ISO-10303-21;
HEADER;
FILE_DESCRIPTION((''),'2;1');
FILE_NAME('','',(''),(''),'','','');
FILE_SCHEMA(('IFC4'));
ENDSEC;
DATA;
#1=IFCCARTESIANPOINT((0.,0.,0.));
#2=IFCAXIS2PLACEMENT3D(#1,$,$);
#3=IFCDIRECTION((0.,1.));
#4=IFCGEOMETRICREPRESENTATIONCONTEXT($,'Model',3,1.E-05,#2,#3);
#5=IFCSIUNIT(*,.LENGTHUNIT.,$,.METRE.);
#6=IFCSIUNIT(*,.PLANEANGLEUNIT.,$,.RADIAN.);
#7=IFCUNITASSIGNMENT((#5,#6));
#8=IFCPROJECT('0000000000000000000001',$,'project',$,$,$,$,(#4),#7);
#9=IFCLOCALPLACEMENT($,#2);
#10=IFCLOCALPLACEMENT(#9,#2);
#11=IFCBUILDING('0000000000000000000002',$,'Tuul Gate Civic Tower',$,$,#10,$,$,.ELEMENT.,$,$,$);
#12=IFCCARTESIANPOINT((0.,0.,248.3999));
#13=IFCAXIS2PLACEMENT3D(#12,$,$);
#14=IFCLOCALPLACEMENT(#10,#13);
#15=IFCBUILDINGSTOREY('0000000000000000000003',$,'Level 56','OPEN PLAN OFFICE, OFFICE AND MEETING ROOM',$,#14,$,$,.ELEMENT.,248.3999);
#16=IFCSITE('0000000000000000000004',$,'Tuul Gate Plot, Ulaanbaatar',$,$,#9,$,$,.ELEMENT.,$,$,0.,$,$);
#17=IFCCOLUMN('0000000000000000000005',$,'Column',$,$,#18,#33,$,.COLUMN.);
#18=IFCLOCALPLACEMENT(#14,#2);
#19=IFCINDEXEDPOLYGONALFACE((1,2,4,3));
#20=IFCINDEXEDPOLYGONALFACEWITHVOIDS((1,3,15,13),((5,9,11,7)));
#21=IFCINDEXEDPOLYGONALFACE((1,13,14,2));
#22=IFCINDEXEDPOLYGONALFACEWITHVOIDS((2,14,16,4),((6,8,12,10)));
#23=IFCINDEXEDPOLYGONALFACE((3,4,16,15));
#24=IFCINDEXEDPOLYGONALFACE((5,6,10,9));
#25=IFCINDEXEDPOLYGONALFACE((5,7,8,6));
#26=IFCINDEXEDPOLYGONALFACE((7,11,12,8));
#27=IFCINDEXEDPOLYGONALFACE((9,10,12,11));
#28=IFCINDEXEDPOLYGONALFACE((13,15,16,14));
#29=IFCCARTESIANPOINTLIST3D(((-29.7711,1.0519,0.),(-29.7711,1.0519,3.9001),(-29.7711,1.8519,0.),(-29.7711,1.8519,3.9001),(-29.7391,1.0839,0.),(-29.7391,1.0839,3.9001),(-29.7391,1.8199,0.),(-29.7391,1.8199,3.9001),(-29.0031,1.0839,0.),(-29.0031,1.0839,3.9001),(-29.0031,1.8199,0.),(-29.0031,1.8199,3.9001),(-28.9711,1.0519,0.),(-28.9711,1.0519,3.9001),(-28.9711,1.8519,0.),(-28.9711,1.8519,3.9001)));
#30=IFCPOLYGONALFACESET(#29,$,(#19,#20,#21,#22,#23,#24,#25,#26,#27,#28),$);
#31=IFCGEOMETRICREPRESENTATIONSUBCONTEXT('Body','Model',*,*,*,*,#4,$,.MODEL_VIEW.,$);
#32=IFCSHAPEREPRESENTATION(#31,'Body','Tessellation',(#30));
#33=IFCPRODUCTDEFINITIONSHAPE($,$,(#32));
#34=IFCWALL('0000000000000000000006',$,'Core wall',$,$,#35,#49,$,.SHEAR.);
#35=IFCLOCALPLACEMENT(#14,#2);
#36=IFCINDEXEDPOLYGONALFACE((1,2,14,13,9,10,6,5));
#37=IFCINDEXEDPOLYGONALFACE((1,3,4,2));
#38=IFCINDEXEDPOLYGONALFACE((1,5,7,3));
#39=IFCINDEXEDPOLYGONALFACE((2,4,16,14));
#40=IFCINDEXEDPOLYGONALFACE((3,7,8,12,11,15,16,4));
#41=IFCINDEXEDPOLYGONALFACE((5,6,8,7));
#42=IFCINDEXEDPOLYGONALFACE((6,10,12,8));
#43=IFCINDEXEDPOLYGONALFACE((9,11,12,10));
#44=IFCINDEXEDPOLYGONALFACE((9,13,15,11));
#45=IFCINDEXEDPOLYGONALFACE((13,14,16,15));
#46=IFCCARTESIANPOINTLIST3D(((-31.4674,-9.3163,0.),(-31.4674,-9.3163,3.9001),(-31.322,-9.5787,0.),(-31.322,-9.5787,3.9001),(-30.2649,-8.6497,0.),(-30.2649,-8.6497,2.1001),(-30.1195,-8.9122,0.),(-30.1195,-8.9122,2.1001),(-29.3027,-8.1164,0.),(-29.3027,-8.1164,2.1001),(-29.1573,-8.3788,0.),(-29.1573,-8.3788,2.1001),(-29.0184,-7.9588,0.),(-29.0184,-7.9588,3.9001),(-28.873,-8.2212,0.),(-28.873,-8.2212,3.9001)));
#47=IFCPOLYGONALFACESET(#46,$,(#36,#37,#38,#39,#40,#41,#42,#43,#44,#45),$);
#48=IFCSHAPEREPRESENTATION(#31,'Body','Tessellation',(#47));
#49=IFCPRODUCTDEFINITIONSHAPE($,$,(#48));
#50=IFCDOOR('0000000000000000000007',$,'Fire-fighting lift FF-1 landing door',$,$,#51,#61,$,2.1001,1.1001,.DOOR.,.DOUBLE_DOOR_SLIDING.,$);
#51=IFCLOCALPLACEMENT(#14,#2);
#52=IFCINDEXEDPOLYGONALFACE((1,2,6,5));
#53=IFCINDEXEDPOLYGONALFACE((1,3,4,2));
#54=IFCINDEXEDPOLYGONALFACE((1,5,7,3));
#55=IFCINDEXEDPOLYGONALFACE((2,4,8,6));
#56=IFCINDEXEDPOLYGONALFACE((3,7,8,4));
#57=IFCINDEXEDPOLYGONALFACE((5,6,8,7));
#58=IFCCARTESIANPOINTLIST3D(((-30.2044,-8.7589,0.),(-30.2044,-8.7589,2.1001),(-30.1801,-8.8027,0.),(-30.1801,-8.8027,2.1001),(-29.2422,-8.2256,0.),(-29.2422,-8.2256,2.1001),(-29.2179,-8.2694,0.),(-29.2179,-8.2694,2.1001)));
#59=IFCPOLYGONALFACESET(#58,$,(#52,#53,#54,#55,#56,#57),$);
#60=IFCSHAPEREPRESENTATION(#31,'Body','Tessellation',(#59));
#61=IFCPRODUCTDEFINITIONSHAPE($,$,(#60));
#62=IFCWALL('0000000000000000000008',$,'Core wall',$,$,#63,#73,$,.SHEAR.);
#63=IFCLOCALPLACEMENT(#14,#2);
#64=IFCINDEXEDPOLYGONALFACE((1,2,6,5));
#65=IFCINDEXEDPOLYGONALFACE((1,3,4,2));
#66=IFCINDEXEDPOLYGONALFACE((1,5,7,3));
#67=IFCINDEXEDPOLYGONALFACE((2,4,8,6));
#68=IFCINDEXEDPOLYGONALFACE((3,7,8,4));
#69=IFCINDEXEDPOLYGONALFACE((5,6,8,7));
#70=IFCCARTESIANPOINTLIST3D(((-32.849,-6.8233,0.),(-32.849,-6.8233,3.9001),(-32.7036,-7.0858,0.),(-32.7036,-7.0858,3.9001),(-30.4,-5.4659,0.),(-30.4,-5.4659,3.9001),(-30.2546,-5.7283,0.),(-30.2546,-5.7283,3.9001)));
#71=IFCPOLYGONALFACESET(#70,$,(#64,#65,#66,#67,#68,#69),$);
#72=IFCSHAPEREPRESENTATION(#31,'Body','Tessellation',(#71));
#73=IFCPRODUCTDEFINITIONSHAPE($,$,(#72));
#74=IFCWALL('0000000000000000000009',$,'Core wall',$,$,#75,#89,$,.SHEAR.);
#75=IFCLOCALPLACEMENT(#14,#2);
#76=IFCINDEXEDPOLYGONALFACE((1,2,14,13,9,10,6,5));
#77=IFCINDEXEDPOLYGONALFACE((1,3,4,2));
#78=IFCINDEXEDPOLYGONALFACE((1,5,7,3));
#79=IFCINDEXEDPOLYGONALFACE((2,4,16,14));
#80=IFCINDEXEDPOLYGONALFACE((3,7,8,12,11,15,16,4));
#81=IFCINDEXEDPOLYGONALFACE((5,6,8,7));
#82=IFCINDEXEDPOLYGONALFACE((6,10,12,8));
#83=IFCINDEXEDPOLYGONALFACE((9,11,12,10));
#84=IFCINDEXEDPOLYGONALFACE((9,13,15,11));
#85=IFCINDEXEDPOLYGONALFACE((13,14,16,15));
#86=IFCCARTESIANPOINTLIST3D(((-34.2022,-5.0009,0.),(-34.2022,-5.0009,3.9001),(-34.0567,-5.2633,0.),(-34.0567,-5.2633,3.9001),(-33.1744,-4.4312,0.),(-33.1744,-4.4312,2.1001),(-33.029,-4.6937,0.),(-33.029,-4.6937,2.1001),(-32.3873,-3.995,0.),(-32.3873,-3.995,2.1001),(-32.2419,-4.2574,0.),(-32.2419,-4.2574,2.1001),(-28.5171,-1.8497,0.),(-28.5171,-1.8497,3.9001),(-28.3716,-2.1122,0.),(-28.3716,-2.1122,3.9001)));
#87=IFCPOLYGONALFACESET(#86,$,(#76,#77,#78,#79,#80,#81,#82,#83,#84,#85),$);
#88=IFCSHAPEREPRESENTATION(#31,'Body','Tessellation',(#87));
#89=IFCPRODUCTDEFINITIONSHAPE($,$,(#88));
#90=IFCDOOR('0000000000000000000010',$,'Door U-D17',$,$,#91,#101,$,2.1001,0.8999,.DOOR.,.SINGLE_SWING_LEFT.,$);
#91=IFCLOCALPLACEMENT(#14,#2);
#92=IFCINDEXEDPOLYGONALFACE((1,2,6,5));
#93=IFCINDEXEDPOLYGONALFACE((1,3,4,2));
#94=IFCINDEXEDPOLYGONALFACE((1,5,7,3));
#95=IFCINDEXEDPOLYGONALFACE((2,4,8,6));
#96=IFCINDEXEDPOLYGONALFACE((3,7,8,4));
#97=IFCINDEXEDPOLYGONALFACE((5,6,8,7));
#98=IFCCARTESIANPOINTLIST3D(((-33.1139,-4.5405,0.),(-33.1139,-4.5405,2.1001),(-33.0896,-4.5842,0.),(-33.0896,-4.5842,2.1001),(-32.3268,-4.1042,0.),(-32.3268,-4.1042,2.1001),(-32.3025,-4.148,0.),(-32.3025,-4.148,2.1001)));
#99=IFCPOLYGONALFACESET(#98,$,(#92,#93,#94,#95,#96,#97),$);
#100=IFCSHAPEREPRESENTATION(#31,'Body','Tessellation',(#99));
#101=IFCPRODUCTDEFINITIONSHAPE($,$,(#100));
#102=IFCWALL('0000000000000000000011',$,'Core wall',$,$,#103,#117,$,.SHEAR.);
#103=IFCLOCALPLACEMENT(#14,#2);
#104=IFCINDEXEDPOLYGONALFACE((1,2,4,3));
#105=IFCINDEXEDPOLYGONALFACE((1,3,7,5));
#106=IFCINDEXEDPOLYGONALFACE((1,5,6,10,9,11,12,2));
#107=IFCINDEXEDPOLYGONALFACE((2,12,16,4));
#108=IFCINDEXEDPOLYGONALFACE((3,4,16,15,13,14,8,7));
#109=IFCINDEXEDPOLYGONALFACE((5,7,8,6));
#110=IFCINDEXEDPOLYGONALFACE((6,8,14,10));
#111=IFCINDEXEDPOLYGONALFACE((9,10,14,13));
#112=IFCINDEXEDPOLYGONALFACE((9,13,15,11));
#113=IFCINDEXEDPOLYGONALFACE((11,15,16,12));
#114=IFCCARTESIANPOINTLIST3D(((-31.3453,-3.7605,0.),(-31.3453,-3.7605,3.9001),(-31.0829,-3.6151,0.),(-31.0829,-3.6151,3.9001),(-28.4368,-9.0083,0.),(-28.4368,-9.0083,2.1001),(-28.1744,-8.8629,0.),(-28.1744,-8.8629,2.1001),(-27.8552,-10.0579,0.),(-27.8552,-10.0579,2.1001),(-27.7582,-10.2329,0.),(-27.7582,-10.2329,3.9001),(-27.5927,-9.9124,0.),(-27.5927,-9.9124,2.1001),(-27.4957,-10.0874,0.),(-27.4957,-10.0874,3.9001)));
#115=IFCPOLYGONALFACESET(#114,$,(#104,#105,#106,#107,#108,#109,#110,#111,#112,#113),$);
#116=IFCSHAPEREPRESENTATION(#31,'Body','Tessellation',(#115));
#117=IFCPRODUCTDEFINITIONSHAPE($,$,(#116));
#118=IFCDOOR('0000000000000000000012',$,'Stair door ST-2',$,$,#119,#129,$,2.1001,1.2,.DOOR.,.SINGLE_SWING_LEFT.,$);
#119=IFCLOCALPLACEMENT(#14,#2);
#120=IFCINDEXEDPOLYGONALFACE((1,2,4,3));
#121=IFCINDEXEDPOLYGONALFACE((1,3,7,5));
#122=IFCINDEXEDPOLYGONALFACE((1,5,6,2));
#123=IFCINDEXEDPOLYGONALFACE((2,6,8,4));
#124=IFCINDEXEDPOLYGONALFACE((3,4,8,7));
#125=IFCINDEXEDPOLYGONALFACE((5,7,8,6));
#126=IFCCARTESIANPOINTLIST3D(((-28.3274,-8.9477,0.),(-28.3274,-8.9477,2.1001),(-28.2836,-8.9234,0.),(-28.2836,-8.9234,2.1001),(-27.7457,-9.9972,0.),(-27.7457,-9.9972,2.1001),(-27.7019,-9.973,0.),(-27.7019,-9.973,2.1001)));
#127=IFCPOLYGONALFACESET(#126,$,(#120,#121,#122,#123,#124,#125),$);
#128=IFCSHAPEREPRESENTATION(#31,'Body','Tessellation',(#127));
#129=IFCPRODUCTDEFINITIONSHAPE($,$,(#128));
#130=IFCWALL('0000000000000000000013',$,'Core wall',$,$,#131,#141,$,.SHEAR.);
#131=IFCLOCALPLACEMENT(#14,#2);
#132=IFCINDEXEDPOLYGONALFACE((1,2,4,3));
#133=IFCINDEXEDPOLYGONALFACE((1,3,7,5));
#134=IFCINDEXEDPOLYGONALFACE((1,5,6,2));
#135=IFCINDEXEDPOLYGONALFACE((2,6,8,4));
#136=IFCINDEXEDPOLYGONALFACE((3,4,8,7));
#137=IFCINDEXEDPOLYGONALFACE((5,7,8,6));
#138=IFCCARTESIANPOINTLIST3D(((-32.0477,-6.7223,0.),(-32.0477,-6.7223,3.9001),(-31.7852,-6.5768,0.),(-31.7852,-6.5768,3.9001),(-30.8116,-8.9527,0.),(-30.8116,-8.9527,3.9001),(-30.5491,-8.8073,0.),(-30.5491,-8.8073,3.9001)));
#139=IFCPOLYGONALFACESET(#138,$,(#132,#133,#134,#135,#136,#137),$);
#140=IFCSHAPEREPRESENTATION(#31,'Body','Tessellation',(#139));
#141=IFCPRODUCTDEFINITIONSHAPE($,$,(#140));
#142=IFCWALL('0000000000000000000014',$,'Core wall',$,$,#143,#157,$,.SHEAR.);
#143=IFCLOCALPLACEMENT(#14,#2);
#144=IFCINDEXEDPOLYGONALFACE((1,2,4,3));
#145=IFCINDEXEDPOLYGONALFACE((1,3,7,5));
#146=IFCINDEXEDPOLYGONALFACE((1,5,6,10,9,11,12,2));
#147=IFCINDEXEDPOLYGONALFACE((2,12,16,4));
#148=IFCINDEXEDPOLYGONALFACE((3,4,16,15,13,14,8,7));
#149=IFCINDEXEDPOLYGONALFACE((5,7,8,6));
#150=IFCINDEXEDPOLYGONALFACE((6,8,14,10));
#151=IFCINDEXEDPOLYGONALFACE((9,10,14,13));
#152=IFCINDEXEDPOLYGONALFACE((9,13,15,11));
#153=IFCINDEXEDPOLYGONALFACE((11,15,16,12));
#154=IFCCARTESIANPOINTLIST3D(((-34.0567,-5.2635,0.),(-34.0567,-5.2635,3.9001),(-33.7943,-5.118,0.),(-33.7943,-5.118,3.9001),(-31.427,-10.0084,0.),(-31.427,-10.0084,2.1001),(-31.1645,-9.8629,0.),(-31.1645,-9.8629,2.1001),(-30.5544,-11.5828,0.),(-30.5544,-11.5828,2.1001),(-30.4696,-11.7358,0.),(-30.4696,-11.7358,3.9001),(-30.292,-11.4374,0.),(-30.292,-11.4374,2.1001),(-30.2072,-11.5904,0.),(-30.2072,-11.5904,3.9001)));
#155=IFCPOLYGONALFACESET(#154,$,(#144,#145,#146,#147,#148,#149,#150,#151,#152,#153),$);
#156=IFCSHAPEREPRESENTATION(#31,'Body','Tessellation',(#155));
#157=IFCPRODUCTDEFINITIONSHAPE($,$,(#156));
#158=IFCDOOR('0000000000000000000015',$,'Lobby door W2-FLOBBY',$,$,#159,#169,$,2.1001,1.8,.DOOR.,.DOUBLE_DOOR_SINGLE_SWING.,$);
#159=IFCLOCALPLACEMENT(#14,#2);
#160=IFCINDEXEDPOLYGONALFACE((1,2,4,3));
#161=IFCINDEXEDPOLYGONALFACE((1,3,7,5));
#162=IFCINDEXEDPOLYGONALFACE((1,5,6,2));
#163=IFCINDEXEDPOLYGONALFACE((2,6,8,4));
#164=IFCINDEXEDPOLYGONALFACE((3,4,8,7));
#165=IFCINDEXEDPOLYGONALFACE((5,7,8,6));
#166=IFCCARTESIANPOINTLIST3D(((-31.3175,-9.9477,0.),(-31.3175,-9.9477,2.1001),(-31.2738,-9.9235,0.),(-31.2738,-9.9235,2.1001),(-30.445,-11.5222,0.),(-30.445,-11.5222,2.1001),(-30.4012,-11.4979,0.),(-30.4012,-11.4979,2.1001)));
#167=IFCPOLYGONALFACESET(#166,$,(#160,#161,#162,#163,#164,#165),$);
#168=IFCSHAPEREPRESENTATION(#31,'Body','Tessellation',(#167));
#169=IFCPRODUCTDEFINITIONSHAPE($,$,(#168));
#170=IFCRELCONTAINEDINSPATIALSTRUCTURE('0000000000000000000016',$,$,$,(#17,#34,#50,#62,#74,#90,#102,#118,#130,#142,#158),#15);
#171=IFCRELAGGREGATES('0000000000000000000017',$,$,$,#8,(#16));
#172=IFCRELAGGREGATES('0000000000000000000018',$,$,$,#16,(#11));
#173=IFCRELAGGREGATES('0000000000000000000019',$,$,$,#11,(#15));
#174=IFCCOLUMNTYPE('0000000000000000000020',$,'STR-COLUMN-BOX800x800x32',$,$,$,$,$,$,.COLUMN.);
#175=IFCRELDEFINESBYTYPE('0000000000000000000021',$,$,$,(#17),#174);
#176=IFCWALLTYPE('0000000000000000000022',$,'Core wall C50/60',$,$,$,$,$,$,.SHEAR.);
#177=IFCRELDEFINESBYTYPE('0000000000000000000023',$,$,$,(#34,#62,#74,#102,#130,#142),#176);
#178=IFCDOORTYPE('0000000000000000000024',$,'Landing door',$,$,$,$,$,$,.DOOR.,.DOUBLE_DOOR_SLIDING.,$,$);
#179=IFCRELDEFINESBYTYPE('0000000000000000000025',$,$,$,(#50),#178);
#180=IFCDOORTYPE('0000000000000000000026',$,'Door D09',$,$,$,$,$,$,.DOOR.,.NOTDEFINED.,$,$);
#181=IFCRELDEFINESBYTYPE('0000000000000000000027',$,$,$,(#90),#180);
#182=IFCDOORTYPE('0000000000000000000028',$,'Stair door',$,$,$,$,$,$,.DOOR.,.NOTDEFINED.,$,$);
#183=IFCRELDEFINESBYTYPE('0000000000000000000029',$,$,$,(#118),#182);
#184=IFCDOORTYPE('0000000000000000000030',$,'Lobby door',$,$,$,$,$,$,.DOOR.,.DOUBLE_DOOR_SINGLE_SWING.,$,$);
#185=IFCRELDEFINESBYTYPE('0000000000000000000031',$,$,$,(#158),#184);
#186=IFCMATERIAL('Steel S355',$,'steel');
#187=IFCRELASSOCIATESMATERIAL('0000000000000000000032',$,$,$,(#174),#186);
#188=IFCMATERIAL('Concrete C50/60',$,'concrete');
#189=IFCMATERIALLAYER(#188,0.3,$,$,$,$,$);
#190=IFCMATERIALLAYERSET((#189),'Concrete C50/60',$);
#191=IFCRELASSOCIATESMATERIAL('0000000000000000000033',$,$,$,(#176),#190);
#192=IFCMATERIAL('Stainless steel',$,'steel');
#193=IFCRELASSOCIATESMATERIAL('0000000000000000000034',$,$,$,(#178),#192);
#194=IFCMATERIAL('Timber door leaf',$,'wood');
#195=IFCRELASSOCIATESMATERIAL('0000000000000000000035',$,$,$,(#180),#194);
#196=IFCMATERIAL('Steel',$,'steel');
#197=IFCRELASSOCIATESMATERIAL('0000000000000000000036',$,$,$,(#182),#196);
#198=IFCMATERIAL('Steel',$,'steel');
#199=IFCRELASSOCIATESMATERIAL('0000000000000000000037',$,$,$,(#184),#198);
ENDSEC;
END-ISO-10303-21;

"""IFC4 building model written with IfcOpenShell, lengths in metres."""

from ifc_helpers import new_model, si_unit, direction, frame, frame_2d, origin, origin_2d, place, context, subcontext, project, spatial, rectangle, hollow_rectangle, extrude, material, layer, layer_set, material_profile, profile_set, type_object, element, fill, save


model = new_model("IFC4")

# Units and contexts
model_context = context("Model", 3, precision=1e-05, world=origin(), true_north=direction((0.0, 1.0)))
body_context = subcontext(model_context, "Body", "Model", "MODEL_VIEW")
ifc_project = project(units=[si_unit("LENGTHUNIT", "METRE"), si_unit("PLANEANGLEUNIT", "RADIAN")], contexts=[model_context])

# Site, building, storey
site_placement = place(None, origin())
site = spatial("IfcSite", under=ifc_project, at=site_placement, Name="Tuul Gate Plot, Ulaanbaatar", CompositionType="ELEMENT", RefElevation=0.0)
building_placement = place(site_placement, origin())
building = spatial("IfcBuilding", under=site, at=building_placement, Name="Tuul Gate Civic Tower", CompositionType="ELEMENT")
storey_placement = place(building_placement, frame((0.0, 0.0, 248.3999)))
storey = spatial("IfcBuildingStorey", under=building, at=storey_placement, Name="Level 56", Description="OPEN PLAN OFFICE, OFFICE AND MEETING ROOM", CompositionType="ELEMENT", Elevation=248.3999)

# Column
ifc_material_1 = material(Name="Steel S355", Category="steel")
ifc_material_profile = material_profile(ifc_material_1, hollow_rectangle(XDim=0.8, YDim=0.8, WallThickness=0.032, at=origin_2d()), Name="BOX800x800x32")
ifc_profile_set = profile_set([ifc_material_profile], Name="Steel S355")
column_type = type_object("IfcColumnType", Name="STR-COLUMN-BOX800x800x32", PredefinedType="COLUMN", material=ifc_profile_set)
column_placement = place(storey_placement, frame((-29.3711, 1.4519, 0.0), z_axis=(0.0, 0.0, 1.0), x_axis=(1.0, 0.0, 0.0)))
element("IfcColumn", 1, at=column_placement, inside=storey, type_object=column_type, Name="Column", PredefinedType="COLUMN", context=body_context, shape_type="SweptSolid", body=[
    extrude(hollow_rectangle(XDim=0.8, YDim=0.8, WallThickness=0.032, at=origin_2d()), origin(), (0.0, 0.0, 1.0), 3.9001),
])

# Wall, opening, door
ifc_material_2 = material(Name="Concrete C50/60", Category="concrete")
ifc_layer_1 = layer(ifc_material_2, 0.3)
ifc_layer_set_1 = layer_set([ifc_layer_1], Name="Concrete C50/60")
wall_type_1 = type_object("IfcWallType", Name="Core wall C50/60", PredefinedType="SHEAR", material=ifc_layer_set_1)
wall_1_placement = place(storey_placement, frame((-28.9458, -8.0901, 0.0), z_axis=(0.0, 0.0, 1.0), x_axis=(-0.87463, -0.484791, 0.0)))
wall_1 = element("IfcWall", 2, at=wall_1_placement, inside=storey, type_object=wall_type_1, Name="Core wall", PredefinedType="SHEAR", context=body_context, shape_type="SweptSolid", body=[
    extrude(rectangle(XDim=2.8, YDim=0.3, at=frame_2d((1.3999, 0.0))), origin(), (0.0, 0.0, 1.0), 3.9001),
])
opening_1_placement = place(wall_1_placement, frame((0.325, 0.0, 0.0)))
opening_1 = element("IfcOpeningElement", 3, at=opening_1_placement, cuts=wall_1, PredefinedType="OPENING", context=body_context, shape_type="SweptSolid", body=[
    extrude(rectangle(XDim=1.1001, YDim=2.1001, at=frame_2d((0.55, 1.05))), frame((0.0, 0.1602, 0.0), z_axis=(0.0, -1.0, 0.0), x_axis=(1.0, 0.0, 0.0)), (0.0, 0.0, 1.0), 0.3201),
])
ifc_material_3 = material(Name="Stainless steel", Category="steel")
door_type_1 = type_object("IfcDoorType", Name="Landing door", OperationType="DOUBLE_DOOR_SLIDING", PredefinedType="DOOR", material=ifc_material_3)
door_1_placement = place(opening_1_placement, origin())
door_1 = element("IfcDoor", 4, at=door_1_placement, inside=storey, type_object=door_type_1, Name="Fire-fighting lift FF-1 landing door", OperationType="DOUBLE_DOOR_SLIDING", OverallHeight=2.1001, OverallWidth=1.1001, PredefinedType="DOOR", context=body_context, shape_type="SweptSolid", body=[
    extrude(rectangle(XDim=1.1001, YDim=2.1001, at=frame_2d((0.55, 1.05))), frame((0.0, 0.0249, 0.0), z_axis=(0.0, -1.0, 0.0), x_axis=(1.0, 0.0, 0.0)), (0.0, 0.0, 1.0), 0.05),
])
fill(opening_1, door_1)

# Wall
wall_2_placement = place(storey_placement, frame((-30.3274, -5.5972, 0.0), z_axis=(0.0, 0.0, 1.0), x_axis=(-0.87463, -0.484791, 0.0)))
element("IfcWall", 5, at=wall_2_placement, inside=storey, type_object=wall_type_1, Name="Core wall", PredefinedType="SHEAR", context=body_context, shape_type="SweptSolid", body=[
    extrude(rectangle(XDim=2.8, YDim=0.3, at=frame_2d((1.3999, 0.0))), origin(), (0.0, 0.0, 1.0), 3.9001),
])

# Walls, openings, doors
wall_3_placement = place(storey_placement, frame((-28.4443, -1.981, 0.0), z_axis=(0.0, 0.0, 1.0), x_axis=(-0.87463, -0.484791, 0.0)))
wall_3 = element("IfcWall", 6, at=wall_3_placement, inside=storey, type_object=wall_type_1, Name="Core wall", PredefinedType="SHEAR", context=body_context, shape_type="SweptSolid", body=[
    extrude(rectangle(XDim=6.5, YDim=0.3, at=frame_2d((3.25, 0.0))), origin(), (0.0, 0.0, 1.0), 3.9001),
])
opening_2_placement = place(wall_3_placement, frame((4.425, 0.0, 0.0)))
opening_2 = element("IfcOpeningElement", 7, at=opening_2_placement, cuts=wall_3, PredefinedType="OPENING", context=body_context, shape_type="SweptSolid", body=[
    extrude(rectangle(XDim=0.8999, YDim=2.1001, at=frame_2d((0.45, 1.05))), frame((0.0, 0.1602, 0.0), z_axis=(0.0, -1.0, 0.0), x_axis=(1.0, 0.0, 0.0)), (0.0, 0.0, 1.0), 0.3201),
])
ifc_material_4 = material(Name="Timber door leaf", Category="wood")
door_type_2 = type_object("IfcDoorType", Name="Door D09", OperationType="NOTDEFINED", PredefinedType="DOOR", material=ifc_material_4)
door_2_placement = place(opening_2_placement, origin())
door_2 = element("IfcDoor", 8, at=door_2_placement, inside=storey, type_object=door_type_2, Name="Door U-D17", OperationType="SINGLE_SWING_LEFT", OverallHeight=2.1001, OverallWidth=0.8999, PredefinedType="DOOR", context=body_context, shape_type="SweptSolid", body=[
    extrude(rectangle(XDim=0.8999, YDim=2.1001, at=frame_2d((0.45, 1.05))), frame((0.0, 0.0249, 0.0), z_axis=(0.0, -1.0, 0.0), x_axis=(1.0, 0.0, 0.0)), (0.0, 0.0, 1.0), 0.05),
])
fill(opening_2, door_2)
wall_4_placement = place(storey_placement, frame((-27.627, -10.1602, 0.0), z_axis=(0.0, 0.0, 1.0), x_axis=(-0.484752, 0.874652, 0.0)))
wall_4 = element("IfcWall", 9, at=wall_4_placement, inside=storey, type_object=wall_type_1, Name="Core wall", PredefinedType="SHEAR", context=body_context, shape_type="SweptSolid", body=[
    extrude(rectangle(XDim=7.3999, YDim=0.3, at=frame_2d((3.7, 0.0))), origin(), (0.0, 0.0, 1.0), 3.9001),
])
opening_3_placement = place(wall_4_placement, frame((0.2, 0.0, 0.0)))
opening_3 = element("IfcOpeningElement", 10, at=opening_3_placement, cuts=wall_4, PredefinedType="OPENING", context=body_context, shape_type="SweptSolid", body=[
    extrude(rectangle(XDim=1.2, YDim=2.1001, at=frame_2d((0.6001, 1.05))), frame((0.0, 0.1602, 0.0), z_axis=(0.0, -1.0, 0.0), x_axis=(1.0, 0.0, 0.0)), (0.0, 0.0, 1.0), 0.3201),
])
ifc_material_5 = material(Name="Steel", Category="steel")
door_type_3 = type_object("IfcDoorType", Name="Stair door", OperationType="NOTDEFINED", PredefinedType="DOOR", material=ifc_material_5)
door_3_placement = place(opening_3_placement, origin())
door_3 = element("IfcDoor", 11, at=door_3_placement, inside=storey, type_object=door_type_3, Name="Stair door ST-2", OperationType="SINGLE_SWING_LEFT", OverallHeight=2.1001, OverallWidth=1.2, PredefinedType="DOOR", context=body_context, shape_type="SweptSolid", body=[
    extrude(rectangle(XDim=1.2, YDim=2.1001, at=frame_2d((0.6001, 1.05))), frame((0.0, 0.0249, 0.0), z_axis=(0.0, -1.0, 0.0), x_axis=(1.0, 0.0, 0.0)), (0.0, 0.0, 1.0), 0.05),
])
fill(opening_3, door_3)

# Wall
wall_5_placement = place(storey_placement, frame((-30.6804, -8.8799, 0.0), z_axis=(0.0, 0.0, 1.0), x_axis=(-0.484724, 0.874667, 0.0)))
element("IfcWall", 12, at=wall_5_placement, inside=storey, type_object=wall_type_1, Name="Core wall", PredefinedType="SHEAR", context=body_context, shape_type="SweptSolid", body=[
    extrude(rectangle(XDim=2.55, YDim=0.3, at=frame_2d((1.2749, 0.0))), origin(), (0.0, 0.0, 1.0), 3.9001),
])

# Wall, opening, door
wall_6_placement = place(storey_placement, frame((-30.3384, -11.6631, 0.0), z_axis=(0.0, 0.0, 1.0), x_axis=(-0.484752, 0.874652, 0.0)))
wall_6 = element("IfcWall", 13, at=wall_6_placement, inside=storey, type_object=wall_type_1, Name="Core wall", PredefinedType="SHEAR", context=body_context, shape_type="SweptSolid", body=[
    extrude(rectangle(XDim=7.3999, YDim=0.3, at=frame_2d((3.7, 0.0))), origin(), (0.0, 0.0, 1.0), 3.9001),
])
opening_4_placement = place(wall_6_placement, frame((0.175, 0.0, 0.0)))
opening_4 = element("IfcOpeningElement", 14, at=opening_4_placement, cuts=wall_6, PredefinedType="OPENING", context=body_context, shape_type="SweptSolid", body=[
    extrude(rectangle(XDim=1.8, YDim=2.1001, at=frame_2d((0.8999, 1.05))), frame((0.0, 0.1602, 0.0), z_axis=(0.0, -1.0, 0.0), x_axis=(1.0, 0.0, 0.0)), (0.0, 0.0, 1.0), 0.3201),
])
ifc_material_6 = material(Name="Steel", Category="steel")
door_type_4 = type_object("IfcDoorType", Name="Lobby door", OperationType="DOUBLE_DOOR_SINGLE_SWING", PredefinedType="DOOR", material=ifc_material_6)
door_4_placement = place(opening_4_placement, origin())
door_4 = element("IfcDoor", 15, at=door_4_placement, inside=storey, type_object=door_type_4, Name="Lobby door W2-FLOBBY", OperationType="DOUBLE_DOOR_SINGLE_SWING", OverallHeight=2.1001, OverallWidth=1.8, PredefinedType="DOOR", context=body_context, shape_type="SweptSolid", body=[
    extrude(rectangle(XDim=1.8, YDim=2.1001, at=frame_2d((0.8999, 1.05))), frame((0.0, 0.0249, 0.0), z_axis=(0.0, -1.0, 0.0), x_axis=(1.0, 0.0, 0.0)), (0.0, 0.0, 1.0), 0.05),
])
fill(opening_4, door_4)

save(model, "model.ifc")
